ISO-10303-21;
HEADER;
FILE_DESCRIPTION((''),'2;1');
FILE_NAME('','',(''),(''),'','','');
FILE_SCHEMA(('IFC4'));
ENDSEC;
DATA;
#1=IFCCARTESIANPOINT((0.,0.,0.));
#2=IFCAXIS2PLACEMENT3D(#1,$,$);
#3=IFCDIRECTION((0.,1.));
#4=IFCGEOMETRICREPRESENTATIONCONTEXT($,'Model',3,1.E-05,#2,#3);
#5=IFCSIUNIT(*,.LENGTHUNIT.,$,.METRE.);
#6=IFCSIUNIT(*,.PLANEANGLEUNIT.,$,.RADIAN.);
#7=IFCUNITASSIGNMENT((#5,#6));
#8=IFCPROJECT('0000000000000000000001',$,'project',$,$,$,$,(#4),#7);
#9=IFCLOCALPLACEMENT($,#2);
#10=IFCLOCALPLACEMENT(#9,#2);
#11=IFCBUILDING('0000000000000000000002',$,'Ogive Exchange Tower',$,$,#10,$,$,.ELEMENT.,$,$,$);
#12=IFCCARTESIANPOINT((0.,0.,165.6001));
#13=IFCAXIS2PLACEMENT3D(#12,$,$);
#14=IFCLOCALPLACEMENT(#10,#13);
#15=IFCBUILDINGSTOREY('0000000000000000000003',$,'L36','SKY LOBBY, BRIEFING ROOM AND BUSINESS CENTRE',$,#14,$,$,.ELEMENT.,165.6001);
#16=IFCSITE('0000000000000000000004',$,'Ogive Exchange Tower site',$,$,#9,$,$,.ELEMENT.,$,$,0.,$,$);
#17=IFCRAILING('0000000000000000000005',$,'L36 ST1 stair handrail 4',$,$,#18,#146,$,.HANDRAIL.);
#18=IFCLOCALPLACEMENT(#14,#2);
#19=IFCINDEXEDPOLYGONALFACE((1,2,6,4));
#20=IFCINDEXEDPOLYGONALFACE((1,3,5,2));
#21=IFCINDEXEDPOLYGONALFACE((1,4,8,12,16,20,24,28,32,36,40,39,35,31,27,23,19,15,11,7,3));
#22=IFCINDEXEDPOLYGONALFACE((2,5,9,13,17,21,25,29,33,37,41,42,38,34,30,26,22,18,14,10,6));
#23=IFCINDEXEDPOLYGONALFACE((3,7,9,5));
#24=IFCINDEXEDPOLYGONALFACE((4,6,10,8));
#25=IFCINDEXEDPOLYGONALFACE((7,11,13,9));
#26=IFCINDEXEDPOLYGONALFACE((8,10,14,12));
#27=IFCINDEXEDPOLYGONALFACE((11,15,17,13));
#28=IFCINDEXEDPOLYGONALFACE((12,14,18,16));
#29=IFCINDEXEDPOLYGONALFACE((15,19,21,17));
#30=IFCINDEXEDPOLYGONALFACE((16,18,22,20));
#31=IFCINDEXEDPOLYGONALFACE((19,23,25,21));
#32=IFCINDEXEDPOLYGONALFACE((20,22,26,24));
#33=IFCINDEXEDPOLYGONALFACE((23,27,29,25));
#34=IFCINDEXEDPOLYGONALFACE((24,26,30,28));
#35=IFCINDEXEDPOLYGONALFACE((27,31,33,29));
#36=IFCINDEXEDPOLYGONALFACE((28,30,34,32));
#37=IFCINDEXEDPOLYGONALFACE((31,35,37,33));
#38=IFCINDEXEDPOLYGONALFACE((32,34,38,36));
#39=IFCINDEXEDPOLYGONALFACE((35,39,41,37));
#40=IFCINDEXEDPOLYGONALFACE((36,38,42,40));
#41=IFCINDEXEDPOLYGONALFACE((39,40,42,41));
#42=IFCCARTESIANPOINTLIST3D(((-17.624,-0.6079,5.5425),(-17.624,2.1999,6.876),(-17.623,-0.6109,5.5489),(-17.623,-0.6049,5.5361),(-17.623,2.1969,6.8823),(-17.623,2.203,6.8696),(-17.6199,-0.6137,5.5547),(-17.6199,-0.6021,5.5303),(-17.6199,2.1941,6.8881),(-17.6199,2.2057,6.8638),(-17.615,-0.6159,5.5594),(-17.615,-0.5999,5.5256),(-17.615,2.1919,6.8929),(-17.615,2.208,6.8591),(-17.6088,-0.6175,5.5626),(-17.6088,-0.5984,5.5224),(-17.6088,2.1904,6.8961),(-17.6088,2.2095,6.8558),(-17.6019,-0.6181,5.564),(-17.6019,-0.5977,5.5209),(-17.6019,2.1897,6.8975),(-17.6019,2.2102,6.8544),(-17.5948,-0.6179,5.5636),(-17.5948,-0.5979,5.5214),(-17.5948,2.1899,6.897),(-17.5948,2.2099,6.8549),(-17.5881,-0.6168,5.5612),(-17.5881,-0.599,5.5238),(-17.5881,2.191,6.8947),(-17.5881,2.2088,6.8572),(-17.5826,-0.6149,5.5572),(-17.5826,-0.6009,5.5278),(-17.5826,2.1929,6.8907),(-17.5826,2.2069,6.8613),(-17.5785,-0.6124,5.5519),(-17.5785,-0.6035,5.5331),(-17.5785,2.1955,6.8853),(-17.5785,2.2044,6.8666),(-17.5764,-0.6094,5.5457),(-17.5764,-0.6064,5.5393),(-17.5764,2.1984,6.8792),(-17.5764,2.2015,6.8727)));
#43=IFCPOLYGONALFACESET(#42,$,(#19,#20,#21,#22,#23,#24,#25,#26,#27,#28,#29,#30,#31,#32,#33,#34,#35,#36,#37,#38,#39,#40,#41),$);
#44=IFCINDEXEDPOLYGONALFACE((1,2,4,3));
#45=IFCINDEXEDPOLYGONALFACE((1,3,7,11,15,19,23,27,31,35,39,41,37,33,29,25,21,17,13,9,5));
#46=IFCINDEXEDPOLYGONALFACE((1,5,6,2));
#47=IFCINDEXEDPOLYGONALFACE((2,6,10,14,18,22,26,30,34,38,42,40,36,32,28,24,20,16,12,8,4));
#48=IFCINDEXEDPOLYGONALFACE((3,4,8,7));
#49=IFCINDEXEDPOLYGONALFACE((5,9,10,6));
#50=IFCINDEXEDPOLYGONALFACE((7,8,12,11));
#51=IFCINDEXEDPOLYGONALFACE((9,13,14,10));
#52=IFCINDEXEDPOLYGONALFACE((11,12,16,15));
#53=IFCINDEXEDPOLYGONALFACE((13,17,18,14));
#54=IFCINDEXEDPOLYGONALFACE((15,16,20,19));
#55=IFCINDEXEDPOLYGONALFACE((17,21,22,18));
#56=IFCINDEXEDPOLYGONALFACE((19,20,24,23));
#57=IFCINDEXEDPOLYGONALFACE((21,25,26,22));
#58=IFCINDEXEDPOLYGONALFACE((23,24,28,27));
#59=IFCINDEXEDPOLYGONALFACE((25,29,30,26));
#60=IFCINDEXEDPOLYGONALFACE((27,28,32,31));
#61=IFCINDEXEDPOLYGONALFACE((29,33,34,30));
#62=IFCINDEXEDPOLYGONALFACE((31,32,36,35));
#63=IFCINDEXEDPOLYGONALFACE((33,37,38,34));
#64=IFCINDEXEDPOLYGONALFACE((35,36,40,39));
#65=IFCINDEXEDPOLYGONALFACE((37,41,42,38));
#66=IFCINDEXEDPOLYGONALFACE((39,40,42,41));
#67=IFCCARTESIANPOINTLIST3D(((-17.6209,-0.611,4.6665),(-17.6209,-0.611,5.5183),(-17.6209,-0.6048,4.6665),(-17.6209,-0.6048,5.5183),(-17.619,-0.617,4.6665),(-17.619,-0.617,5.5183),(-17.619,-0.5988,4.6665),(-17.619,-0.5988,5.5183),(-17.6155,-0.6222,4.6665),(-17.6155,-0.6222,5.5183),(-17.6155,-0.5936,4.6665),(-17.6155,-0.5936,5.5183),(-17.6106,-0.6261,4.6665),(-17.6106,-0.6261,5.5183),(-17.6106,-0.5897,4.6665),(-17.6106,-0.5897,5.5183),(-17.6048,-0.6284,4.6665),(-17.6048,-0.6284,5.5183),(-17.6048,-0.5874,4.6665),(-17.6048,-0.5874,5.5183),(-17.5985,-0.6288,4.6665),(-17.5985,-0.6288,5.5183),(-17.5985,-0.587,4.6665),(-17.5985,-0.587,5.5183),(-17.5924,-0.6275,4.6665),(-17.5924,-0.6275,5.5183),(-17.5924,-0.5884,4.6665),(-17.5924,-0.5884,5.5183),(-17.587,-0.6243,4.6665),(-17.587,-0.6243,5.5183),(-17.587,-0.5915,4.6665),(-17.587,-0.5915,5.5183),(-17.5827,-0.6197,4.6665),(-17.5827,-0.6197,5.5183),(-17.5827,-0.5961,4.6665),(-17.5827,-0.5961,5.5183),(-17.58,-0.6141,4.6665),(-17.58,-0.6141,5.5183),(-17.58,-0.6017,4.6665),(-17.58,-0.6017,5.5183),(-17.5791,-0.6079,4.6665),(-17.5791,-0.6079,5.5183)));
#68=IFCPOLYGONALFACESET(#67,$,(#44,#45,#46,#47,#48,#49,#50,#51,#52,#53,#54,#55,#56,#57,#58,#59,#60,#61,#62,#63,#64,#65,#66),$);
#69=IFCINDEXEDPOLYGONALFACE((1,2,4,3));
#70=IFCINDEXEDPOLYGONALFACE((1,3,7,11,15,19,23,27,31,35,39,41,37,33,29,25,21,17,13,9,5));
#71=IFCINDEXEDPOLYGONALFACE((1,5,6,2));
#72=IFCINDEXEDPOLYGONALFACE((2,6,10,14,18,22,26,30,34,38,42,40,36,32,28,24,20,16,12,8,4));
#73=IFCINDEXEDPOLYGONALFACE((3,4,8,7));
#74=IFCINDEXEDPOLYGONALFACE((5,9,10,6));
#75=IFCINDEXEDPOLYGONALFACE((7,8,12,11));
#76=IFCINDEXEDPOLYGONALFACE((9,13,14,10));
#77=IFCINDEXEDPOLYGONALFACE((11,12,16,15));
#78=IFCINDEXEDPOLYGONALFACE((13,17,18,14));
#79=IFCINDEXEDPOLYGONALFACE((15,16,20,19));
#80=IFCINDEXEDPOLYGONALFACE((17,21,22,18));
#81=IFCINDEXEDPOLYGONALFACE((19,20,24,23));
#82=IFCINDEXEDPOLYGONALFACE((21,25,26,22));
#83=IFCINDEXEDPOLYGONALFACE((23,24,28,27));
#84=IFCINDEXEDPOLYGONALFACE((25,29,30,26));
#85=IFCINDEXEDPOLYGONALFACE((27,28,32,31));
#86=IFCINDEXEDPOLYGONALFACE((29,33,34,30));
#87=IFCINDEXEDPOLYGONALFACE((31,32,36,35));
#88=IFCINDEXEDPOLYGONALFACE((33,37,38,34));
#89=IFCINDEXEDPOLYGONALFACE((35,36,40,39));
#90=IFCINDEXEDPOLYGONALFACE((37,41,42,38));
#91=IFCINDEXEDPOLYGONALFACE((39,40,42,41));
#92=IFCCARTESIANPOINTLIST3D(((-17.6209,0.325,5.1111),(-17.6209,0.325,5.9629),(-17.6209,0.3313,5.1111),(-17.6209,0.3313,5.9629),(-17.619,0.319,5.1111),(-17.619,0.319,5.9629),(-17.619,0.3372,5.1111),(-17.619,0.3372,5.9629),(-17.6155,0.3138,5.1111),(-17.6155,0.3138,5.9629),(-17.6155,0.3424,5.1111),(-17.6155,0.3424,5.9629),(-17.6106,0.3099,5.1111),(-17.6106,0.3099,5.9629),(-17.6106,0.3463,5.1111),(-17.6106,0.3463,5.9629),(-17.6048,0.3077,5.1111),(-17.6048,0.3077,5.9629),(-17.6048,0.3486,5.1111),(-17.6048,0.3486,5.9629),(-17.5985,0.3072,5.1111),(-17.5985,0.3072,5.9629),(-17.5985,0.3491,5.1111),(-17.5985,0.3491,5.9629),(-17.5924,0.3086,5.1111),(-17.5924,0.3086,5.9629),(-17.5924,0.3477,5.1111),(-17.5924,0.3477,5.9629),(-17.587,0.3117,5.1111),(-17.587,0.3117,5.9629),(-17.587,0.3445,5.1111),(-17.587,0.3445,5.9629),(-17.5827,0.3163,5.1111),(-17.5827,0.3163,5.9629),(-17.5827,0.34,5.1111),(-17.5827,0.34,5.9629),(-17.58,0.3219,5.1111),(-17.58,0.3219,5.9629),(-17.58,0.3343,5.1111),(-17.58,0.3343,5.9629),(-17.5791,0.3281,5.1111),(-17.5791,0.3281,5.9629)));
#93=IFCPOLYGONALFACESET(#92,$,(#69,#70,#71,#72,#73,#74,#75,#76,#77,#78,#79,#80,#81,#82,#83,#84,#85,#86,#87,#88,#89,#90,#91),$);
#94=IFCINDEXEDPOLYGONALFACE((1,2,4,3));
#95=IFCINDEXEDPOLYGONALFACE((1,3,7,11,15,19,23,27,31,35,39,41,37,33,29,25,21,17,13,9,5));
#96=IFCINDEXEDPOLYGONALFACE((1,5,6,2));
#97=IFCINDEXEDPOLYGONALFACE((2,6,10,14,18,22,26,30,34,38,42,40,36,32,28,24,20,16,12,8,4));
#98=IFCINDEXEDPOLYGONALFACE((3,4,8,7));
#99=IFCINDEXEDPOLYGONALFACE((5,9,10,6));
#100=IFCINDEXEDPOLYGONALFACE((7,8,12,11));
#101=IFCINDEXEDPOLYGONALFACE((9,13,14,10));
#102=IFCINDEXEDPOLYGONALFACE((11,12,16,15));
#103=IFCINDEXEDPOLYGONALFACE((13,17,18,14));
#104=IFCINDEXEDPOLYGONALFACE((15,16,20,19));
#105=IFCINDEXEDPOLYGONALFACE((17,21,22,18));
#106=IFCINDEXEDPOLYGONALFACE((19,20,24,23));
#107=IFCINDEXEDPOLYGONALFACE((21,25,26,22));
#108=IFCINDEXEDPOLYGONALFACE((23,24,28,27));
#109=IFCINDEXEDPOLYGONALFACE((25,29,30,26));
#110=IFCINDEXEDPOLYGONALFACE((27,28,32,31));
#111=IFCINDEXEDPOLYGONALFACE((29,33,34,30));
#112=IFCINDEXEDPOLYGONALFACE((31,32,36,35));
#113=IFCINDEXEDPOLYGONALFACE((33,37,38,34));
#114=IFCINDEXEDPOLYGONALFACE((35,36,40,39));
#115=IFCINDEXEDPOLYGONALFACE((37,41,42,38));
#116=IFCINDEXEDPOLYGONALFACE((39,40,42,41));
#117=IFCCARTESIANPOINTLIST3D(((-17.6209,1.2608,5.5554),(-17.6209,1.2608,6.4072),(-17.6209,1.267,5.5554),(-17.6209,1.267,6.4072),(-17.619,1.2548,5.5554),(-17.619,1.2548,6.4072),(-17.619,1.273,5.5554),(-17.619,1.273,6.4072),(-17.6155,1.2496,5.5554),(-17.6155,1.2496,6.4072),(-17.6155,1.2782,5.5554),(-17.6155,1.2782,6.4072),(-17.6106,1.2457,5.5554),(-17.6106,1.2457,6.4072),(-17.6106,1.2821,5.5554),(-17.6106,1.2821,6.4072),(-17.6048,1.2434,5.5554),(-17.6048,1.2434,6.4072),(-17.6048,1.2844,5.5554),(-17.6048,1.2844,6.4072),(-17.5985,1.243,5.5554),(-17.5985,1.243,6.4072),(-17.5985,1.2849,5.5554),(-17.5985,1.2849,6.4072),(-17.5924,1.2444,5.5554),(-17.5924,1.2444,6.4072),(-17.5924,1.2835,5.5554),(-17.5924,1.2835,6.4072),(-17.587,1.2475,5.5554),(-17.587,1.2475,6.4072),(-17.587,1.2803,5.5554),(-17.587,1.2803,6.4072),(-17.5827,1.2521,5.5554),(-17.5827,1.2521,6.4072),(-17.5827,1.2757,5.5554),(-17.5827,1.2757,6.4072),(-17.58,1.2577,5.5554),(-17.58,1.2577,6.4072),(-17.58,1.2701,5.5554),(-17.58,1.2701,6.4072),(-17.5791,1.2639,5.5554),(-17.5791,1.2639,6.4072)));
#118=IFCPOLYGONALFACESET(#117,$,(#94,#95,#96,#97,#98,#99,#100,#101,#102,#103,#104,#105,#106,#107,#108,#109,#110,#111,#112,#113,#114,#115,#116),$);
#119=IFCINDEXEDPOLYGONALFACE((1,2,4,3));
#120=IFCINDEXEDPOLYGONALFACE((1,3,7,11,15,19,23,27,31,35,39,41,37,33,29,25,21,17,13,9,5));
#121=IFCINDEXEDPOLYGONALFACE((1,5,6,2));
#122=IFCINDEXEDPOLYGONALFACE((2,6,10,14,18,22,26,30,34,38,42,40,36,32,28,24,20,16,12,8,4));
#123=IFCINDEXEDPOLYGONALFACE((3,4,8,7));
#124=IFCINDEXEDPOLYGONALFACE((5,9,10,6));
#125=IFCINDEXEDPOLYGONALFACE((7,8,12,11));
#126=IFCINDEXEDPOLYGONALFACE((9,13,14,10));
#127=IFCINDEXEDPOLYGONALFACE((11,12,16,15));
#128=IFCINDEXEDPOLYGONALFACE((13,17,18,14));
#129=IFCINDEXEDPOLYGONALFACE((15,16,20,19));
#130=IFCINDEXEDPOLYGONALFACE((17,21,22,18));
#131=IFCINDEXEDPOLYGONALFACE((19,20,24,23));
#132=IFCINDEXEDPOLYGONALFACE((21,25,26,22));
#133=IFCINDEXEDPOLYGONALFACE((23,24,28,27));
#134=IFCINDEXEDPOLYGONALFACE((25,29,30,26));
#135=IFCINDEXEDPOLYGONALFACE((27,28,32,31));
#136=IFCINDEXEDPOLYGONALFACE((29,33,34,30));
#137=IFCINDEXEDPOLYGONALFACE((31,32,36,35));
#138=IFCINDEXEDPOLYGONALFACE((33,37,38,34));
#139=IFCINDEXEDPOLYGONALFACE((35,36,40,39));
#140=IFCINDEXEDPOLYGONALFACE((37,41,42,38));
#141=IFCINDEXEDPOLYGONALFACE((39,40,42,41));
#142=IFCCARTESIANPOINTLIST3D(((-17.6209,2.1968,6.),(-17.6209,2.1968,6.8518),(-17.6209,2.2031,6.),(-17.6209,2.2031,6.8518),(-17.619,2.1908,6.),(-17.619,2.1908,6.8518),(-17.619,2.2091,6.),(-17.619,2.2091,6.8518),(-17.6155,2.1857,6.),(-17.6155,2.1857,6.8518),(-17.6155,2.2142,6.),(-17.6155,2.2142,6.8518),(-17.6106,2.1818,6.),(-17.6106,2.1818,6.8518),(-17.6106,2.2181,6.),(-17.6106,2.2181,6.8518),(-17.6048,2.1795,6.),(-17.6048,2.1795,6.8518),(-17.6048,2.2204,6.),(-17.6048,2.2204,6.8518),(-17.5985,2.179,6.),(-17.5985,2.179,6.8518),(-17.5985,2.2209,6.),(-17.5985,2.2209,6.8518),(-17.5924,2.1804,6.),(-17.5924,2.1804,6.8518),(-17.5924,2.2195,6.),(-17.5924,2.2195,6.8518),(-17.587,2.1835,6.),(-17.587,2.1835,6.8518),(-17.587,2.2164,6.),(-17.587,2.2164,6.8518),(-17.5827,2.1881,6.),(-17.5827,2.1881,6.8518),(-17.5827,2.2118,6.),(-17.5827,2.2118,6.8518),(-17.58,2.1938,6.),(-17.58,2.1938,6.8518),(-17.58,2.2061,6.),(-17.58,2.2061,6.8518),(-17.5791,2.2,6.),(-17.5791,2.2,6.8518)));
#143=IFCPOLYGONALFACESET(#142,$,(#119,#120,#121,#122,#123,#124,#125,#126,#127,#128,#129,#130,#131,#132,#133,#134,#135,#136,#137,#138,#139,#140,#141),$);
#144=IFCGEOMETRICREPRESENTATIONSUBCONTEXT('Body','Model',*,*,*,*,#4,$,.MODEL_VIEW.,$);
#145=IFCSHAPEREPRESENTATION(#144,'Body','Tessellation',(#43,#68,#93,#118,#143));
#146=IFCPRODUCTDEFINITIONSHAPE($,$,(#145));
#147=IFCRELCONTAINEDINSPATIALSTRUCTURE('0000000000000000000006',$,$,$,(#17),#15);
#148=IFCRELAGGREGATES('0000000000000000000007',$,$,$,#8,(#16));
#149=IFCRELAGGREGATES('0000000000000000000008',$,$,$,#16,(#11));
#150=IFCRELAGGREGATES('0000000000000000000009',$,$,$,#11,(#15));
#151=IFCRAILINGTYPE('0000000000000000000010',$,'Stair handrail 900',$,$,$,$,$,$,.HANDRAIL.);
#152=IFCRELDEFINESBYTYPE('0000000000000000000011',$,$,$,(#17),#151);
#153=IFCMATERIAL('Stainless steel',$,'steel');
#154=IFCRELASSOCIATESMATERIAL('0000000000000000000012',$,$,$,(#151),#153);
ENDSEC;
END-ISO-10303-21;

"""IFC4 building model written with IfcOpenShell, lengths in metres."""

from ifc_helpers import new_model, si_unit, direction, frame, origin, origin_2d, place, context, subcontext, project, spatial, circle, extrude, material, type_object, element, save


model = new_model("IFC4")

# Units and contexts
model_context = context("Model", 3, precision=1e-05, world=origin(), true_north=direction((0.0, 1.0)))
body_context = subcontext(model_context, "Body", "Model", "MODEL_VIEW")
ifc_project = project(units=[si_unit("LENGTHUNIT", "METRE"), si_unit("PLANEANGLEUNIT", "RADIAN")], contexts=[model_context])

# Site, building, storey
site_placement = place(None, origin())
site = spatial("IfcSite", under=ifc_project, at=site_placement, Name="Ogive Exchange Tower site", CompositionType="ELEMENT", RefElevation=0.0)
building_placement = place(site_placement, origin())
building = spatial("IfcBuilding", under=site, at=building_placement, Name="Ogive Exchange Tower", CompositionType="ELEMENT")
storey_placement = place(building_placement, frame((0.0, 0.0, 165.6001)))
storey = spatial("IfcBuildingStorey", under=building, at=storey_placement, Name="L36", Description="SKY LOBBY, BRIEFING ROOM AND BUSINESS CENTRE", CompositionType="ELEMENT", Elevation=165.6001)

# Shared definitions
ifc_material_1 = material(Name="Stainless steel", Category="steel")

# Railing
railing_type = type_object("IfcRailingType", Name="Stair handrail 900", PredefinedType="HANDRAIL", material=ifc_material_1)
for number, where, name in (
    (1, (-17.6001, -0.6079, 4.6665), "L36 ST1 stair handrail 4"),
):
    element("IfcRailing", number, at=place(storey_placement, frame(where)), inside=storey, type_object=railing_type, Name=name, PredefinedType="HANDRAIL", context=body_context, shape_type="SweptSolid", body=[
        extrude(circle(Radius=0.0239, at=origin_2d()), frame((0.0, 0.0, 0.876), z_axis=(0.0, 0.903307, 0.428994), x_axis=(-1.0, 0.0, 0.0)), (0.0, 0.0, 1.0), 3.1084),
        extrude(circle(Radius=0.021, at=origin_2d()), origin(), (0.0, 0.0, 1.0), 0.8518),
        extrude(circle(Radius=0.021, at=origin_2d()), frame((0.0, 0.936, 0.4446)), (0.0, 0.0, 1.0), 0.8518),
        extrude(circle(Radius=0.021, at=origin_2d()), frame((0.0, 1.8718, 0.8889)), (0.0, 0.0, 1.0), 0.8518),
        extrude(circle(Radius=0.021, at=origin_2d()), frame((0.0, 2.8079, 1.3335)), (0.0, 0.0, 1.0), 0.8518),
    ])

save(model, "model.ifc")
